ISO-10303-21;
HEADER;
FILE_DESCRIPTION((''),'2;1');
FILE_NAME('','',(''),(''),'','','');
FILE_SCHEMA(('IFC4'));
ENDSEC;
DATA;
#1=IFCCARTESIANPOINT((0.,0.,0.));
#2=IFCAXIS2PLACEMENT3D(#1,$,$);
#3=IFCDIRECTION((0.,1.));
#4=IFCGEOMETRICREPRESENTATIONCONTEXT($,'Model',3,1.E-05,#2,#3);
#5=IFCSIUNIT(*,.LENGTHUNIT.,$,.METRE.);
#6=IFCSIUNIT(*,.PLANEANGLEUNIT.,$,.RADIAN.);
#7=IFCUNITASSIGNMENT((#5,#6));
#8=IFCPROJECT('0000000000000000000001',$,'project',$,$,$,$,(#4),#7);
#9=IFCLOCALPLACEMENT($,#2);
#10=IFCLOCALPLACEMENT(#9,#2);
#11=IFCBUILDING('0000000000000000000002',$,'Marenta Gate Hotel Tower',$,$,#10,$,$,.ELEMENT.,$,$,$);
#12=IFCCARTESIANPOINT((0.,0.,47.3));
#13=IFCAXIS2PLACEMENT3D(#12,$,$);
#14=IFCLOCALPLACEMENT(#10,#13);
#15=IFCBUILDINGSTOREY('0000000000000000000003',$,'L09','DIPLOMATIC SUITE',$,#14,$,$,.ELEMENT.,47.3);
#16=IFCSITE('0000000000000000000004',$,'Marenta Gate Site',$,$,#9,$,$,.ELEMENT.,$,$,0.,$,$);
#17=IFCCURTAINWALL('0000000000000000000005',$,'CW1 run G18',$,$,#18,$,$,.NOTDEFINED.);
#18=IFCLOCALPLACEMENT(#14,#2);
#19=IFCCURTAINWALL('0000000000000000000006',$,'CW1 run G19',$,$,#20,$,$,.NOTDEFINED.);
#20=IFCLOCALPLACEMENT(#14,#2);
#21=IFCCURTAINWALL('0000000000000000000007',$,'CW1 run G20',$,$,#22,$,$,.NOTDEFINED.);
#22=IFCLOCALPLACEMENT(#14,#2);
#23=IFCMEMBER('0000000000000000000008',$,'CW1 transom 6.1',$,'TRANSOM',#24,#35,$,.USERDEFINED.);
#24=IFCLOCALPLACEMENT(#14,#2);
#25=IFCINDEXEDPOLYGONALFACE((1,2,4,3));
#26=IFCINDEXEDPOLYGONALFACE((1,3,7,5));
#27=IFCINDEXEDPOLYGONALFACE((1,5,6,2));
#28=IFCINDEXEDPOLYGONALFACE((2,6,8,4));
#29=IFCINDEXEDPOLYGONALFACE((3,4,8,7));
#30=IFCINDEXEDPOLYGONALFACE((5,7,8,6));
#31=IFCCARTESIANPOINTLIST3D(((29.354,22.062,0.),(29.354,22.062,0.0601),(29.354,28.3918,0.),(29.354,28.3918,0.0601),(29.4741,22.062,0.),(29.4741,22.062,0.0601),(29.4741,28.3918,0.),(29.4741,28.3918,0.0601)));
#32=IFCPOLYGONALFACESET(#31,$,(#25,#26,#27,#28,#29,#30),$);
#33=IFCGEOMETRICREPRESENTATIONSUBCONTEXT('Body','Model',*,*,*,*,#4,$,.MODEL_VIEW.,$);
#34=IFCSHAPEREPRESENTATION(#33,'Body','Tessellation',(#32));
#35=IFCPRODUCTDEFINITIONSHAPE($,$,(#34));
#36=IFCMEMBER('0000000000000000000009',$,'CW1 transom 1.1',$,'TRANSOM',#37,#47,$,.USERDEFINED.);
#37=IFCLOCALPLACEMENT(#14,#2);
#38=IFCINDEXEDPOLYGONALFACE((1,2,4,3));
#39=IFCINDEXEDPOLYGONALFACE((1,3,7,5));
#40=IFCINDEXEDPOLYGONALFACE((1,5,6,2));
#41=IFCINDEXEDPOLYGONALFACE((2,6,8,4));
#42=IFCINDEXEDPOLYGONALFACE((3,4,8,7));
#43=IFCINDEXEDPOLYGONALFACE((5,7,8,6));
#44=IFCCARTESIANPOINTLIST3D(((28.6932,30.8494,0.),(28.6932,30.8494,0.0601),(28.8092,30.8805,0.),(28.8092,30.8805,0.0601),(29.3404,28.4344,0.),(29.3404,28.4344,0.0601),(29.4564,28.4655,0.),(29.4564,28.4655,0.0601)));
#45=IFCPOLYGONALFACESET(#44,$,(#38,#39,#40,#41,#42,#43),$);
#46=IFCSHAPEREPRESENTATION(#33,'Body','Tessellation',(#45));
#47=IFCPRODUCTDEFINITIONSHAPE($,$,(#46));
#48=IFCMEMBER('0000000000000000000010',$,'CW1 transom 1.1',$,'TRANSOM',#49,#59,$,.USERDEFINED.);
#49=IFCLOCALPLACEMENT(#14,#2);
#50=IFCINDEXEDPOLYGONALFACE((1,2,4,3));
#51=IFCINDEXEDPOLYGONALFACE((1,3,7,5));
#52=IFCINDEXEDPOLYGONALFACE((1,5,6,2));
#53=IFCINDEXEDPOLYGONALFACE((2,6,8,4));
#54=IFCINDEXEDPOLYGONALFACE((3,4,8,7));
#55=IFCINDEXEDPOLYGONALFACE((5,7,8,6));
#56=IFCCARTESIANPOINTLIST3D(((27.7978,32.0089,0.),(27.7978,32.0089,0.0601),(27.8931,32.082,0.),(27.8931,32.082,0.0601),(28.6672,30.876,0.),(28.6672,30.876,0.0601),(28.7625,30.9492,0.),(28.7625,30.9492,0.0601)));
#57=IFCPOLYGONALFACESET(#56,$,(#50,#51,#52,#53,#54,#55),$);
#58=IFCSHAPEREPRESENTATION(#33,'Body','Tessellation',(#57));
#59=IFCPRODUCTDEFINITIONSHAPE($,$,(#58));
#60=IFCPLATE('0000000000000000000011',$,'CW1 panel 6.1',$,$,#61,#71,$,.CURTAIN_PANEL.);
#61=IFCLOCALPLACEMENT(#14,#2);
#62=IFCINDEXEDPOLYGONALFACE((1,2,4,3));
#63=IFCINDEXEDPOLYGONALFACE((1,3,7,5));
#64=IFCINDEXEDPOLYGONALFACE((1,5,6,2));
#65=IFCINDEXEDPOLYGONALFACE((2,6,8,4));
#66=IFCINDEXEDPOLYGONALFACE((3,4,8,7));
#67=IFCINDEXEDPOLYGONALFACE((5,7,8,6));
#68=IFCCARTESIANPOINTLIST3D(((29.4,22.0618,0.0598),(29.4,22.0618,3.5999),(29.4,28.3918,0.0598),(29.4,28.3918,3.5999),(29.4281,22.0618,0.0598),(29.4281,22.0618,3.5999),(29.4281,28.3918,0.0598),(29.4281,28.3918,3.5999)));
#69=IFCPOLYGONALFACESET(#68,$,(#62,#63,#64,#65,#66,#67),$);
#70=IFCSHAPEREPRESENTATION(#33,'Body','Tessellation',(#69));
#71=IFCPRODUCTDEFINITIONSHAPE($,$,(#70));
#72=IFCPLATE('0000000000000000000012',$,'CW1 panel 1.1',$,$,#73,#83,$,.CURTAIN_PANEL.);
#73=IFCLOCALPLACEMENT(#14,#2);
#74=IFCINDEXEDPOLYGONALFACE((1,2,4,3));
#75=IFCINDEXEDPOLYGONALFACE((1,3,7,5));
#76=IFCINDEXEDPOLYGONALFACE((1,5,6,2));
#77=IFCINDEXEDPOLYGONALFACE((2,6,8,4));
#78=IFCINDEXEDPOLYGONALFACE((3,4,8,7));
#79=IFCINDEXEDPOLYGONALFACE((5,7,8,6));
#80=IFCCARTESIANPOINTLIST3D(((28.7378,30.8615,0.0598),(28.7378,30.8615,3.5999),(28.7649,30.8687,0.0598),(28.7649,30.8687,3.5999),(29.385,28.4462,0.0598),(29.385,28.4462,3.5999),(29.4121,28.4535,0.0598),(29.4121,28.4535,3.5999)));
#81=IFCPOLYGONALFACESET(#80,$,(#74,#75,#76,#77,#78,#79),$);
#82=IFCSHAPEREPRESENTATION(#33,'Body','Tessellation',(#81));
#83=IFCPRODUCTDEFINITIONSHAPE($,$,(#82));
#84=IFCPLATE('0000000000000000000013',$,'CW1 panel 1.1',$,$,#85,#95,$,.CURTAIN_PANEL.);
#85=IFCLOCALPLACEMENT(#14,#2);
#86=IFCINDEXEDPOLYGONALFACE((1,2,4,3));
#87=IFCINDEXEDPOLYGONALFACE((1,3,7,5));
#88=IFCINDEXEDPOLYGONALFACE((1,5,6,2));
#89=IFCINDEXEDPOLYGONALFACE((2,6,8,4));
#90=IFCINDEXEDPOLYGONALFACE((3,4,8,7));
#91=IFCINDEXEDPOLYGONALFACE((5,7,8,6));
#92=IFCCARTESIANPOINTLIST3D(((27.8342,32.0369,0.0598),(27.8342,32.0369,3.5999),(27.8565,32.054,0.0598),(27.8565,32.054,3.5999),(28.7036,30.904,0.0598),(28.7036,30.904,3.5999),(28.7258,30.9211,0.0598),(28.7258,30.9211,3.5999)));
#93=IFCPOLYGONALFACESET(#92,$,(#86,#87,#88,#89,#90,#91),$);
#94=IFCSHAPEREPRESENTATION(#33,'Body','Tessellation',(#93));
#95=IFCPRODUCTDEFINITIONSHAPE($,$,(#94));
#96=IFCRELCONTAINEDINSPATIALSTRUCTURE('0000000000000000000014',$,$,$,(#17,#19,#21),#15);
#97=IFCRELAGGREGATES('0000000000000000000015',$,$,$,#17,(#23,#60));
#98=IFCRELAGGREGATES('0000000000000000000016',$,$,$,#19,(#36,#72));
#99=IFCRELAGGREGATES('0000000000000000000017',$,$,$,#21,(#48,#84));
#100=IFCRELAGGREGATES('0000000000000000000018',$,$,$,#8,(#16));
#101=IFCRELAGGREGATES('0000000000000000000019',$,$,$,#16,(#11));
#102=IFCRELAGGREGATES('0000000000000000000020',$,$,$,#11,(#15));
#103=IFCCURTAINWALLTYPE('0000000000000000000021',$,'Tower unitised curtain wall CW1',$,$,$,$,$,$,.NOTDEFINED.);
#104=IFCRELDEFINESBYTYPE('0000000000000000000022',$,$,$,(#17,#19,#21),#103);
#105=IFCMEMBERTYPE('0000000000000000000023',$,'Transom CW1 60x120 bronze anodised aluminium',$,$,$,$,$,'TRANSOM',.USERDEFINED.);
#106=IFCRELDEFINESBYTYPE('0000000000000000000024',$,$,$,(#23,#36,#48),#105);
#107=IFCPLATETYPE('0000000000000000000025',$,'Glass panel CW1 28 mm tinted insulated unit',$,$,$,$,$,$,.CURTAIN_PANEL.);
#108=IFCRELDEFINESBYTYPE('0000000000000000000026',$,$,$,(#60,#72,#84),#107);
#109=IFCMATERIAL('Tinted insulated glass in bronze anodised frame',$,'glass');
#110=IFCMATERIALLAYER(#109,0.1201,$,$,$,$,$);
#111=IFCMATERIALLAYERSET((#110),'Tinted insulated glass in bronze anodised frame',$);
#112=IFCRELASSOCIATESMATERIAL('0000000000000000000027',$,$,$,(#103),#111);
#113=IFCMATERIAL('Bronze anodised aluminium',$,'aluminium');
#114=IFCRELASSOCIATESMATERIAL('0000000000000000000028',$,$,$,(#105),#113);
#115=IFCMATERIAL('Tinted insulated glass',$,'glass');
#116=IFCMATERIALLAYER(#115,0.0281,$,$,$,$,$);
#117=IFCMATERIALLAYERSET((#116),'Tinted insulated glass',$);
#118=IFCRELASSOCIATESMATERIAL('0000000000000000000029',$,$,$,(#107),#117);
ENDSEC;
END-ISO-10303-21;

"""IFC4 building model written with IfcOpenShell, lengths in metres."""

from ifc_helpers import new_model, si_unit, direction, frame, origin, origin_2d, place, context, subcontext, project, spatial, rectangle, extrude, material, layer, layer_set, material_profile, profile_set, type_object, element, aggregate, save


model = new_model("IFC4")

# Units and contexts
model_context = context("Model", 3, precision=1e-05, world=origin(), true_north=direction((0.0, 1.0)))
body_context = subcontext(model_context, "Body", "Model", "MODEL_VIEW")
ifc_project = project(units=[si_unit("LENGTHUNIT", "METRE"), si_unit("PLANEANGLEUNIT", "RADIAN")], contexts=[model_context])

# Site, building, storey
site_placement = place(None, origin())
site = spatial("IfcSite", under=ifc_project, at=site_placement, Name="Marenta Gate Site", CompositionType="ELEMENT", RefElevation=0.0)
building_placement = place(site_placement, origin())
building = spatial("IfcBuilding", under=site, at=building_placement, Name="Marenta Gate Hotel Tower", CompositionType="ELEMENT")
storey_placement = place(building_placement, frame((0.0, 0.0, 47.3)))
storey = spatial("IfcBuildingStorey", under=building, at=storey_placement, Name="L09", Description="DIPLOMATIC SUITE", CompositionType="ELEMENT", Elevation=47.3)

# Curtain walls
ifc_material_1 = material(Name="Tinted insulated glass in bronze anodised frame", Category="glass")
ifc_layer_1 = layer(ifc_material_1, 0.1201)
ifc_layer_set_1 = layer_set([ifc_layer_1], Name="Tinted insulated glass in bronze anodised frame")
curtain_wall_type = type_object("IfcCurtainWallType", Name="Tower unitised curtain wall CW1", PredefinedType="NOTDEFINED", material=ifc_layer_set_1)
curtain_wall_1_placement = place(storey_placement, origin())
curtain_wall_1 = element("IfcCurtainWall", 1, at=curtain_wall_1_placement, inside=storey, type_object=curtain_wall_type, Name="CW1 run G18", PredefinedType="NOTDEFINED")
curtain_wall_2_placement = place(storey_placement, origin())
curtain_wall_2 = element("IfcCurtainWall", 2, at=curtain_wall_2_placement, inside=storey, type_object=curtain_wall_type, Name="CW1 run G19", PredefinedType="NOTDEFINED")
curtain_wall_3_placement = place(storey_placement, origin())
curtain_wall_3 = element("IfcCurtainWall", 3, at=curtain_wall_3_placement, inside=storey, type_object=curtain_wall_type, Name="CW1 run G20", PredefinedType="NOTDEFINED")

# Members
ifc_material_2 = material(Name="Bronze anodised aluminium", Category="aluminium")
ifc_material_profile_1 = material_profile(ifc_material_2, rectangle(XDim=0.1201, YDim=0.0601, at=origin_2d()), Name="Transom CW1 60x120 bronze anodised aluminium")
ifc_profile_set_1 = profile_set([ifc_material_profile_1], Name="Bronze anodised aluminium")
member_type_1 = type_object("IfcMemberType", Name="Transom CW1 60x120 bronze anodised aluminium", ElementType="TRANSOM", PredefinedType="USERDEFINED", material=ifc_profile_set_1)
member_1_placement = place(storey_placement, frame((29.4141, 22.062, 0.03), z_axis=(0.0, 1.0, 0.0), x_axis=(-1.0, 0.0, 0.0)))
member_1 = element("IfcMember", 4, at=member_1_placement, type_object=member_type_1, Name="CW1 transom 6.1", ObjectType="TRANSOM", PredefinedType="USERDEFINED", context=body_context, shape_type="SweptSolid", body=[
    extrude(rectangle(XDim=0.1201, YDim=0.0601, at=origin_2d()), origin(), (0.0, 0.0, 1.0), 6.3298),
])
member_2_placement = place(storey_placement, frame((29.3984, 28.45, 0.03), z_axis=(-0.25886, 0.965915, 0.0), x_axis=(-0.965915, -0.25886, 0.0)))
member_2 = element("IfcMember", 5, at=member_2_placement, type_object=member_type_1, Name="CW1 transom 1.1", ObjectType="TRANSOM", PredefinedType="USERDEFINED", context=body_context, shape_type="SweptSolid", body=[
    extrude(rectangle(XDim=0.1201, YDim=0.0601, at=origin_2d()), origin(), (0.0, 0.0, 1.0), 2.5002),
])
member_3_placement = place(storey_placement, frame((28.7148, 30.9126, 0.03), z_axis=(-0.608826, 0.793304, 0.0), x_axis=(-0.793304, -0.608826, 0.0)))
member_3 = element("IfcMember", 6, at=member_3_placement, type_object=member_type_1, Name="CW1 transom 1.1", ObjectType="TRANSOM", PredefinedType="USERDEFINED", context=body_context, shape_type="SweptSolid", body=[
    extrude(rectangle(XDim=0.1201, YDim=0.0601, at=origin_2d()), origin(), (0.0, 0.0, 1.0), 1.428),
])

# Plates
ifc_material_3 = material(Name="Tinted insulated glass", Category="glass")
ifc_layer_2 = layer(ifc_material_3, 0.0281)
ifc_layer_set_2 = layer_set([ifc_layer_2], Name="Tinted insulated glass")
plate_type = type_object("IfcPlateType", Name="Glass panel CW1 28 mm tinted insulated unit", PredefinedType="CURTAIN_PANEL", material=ifc_layer_set_2)
plate_1_placement = place(storey_placement, frame((29.4141, 25.2268, 0.0598), z_axis=(0.0, 0.0, 1.0), x_axis=(0.0, 1.0, 0.0)))
plate_1 = element("IfcPlate", 7, at=plate_1_placement, type_object=plate_type, Name="CW1 panel 6.1", PredefinedType="CURTAIN_PANEL", context=body_context, shape_type="SweptSolid", body=[
    extrude(rectangle(XDim=6.3301, YDim=0.0281, at=origin_2d()), origin(), (0.0, 0.0, 1.0), 3.54),
])
aggregate(curtain_wall_1, [member_1, plate_1])
plate_2_placement = place(storey_placement, frame((29.075, 29.6575, 0.0598), z_axis=(0.0, 0.0, 1.0), x_axis=(-0.258822, 0.965925, 0.0)))
plate_2 = element("IfcPlate", 8, at=plate_2_placement, type_object=plate_type, Name="CW1 panel 1.1", PredefinedType="CURTAIN_PANEL", context=body_context, shape_type="SweptSolid", body=[
    extrude(rectangle(XDim=2.5005, YDim=0.0281, at=origin_2d()), origin(), (0.0, 0.0, 1.0), 3.54),
])
aggregate(curtain_wall_2, [member_2, plate_2])
plate_3_placement = place(storey_placement, frame((28.28, 31.479, 0.0598), z_axis=(0.0, 0.0, 1.0), x_axis=(-0.608781, 0.793338, 0.0)))
plate_3 = element("IfcPlate", 9, at=plate_3_placement, type_object=plate_type, Name="CW1 panel 1.1", PredefinedType="CURTAIN_PANEL", context=body_context, shape_type="SweptSolid", body=[
    extrude(rectangle(XDim=1.428, YDim=0.0281, at=origin_2d()), origin(), (0.0, 0.0, 1.0), 3.54),
])
aggregate(curtain_wall_3, [member_3, plate_3])

save(model, "model.ifc")
